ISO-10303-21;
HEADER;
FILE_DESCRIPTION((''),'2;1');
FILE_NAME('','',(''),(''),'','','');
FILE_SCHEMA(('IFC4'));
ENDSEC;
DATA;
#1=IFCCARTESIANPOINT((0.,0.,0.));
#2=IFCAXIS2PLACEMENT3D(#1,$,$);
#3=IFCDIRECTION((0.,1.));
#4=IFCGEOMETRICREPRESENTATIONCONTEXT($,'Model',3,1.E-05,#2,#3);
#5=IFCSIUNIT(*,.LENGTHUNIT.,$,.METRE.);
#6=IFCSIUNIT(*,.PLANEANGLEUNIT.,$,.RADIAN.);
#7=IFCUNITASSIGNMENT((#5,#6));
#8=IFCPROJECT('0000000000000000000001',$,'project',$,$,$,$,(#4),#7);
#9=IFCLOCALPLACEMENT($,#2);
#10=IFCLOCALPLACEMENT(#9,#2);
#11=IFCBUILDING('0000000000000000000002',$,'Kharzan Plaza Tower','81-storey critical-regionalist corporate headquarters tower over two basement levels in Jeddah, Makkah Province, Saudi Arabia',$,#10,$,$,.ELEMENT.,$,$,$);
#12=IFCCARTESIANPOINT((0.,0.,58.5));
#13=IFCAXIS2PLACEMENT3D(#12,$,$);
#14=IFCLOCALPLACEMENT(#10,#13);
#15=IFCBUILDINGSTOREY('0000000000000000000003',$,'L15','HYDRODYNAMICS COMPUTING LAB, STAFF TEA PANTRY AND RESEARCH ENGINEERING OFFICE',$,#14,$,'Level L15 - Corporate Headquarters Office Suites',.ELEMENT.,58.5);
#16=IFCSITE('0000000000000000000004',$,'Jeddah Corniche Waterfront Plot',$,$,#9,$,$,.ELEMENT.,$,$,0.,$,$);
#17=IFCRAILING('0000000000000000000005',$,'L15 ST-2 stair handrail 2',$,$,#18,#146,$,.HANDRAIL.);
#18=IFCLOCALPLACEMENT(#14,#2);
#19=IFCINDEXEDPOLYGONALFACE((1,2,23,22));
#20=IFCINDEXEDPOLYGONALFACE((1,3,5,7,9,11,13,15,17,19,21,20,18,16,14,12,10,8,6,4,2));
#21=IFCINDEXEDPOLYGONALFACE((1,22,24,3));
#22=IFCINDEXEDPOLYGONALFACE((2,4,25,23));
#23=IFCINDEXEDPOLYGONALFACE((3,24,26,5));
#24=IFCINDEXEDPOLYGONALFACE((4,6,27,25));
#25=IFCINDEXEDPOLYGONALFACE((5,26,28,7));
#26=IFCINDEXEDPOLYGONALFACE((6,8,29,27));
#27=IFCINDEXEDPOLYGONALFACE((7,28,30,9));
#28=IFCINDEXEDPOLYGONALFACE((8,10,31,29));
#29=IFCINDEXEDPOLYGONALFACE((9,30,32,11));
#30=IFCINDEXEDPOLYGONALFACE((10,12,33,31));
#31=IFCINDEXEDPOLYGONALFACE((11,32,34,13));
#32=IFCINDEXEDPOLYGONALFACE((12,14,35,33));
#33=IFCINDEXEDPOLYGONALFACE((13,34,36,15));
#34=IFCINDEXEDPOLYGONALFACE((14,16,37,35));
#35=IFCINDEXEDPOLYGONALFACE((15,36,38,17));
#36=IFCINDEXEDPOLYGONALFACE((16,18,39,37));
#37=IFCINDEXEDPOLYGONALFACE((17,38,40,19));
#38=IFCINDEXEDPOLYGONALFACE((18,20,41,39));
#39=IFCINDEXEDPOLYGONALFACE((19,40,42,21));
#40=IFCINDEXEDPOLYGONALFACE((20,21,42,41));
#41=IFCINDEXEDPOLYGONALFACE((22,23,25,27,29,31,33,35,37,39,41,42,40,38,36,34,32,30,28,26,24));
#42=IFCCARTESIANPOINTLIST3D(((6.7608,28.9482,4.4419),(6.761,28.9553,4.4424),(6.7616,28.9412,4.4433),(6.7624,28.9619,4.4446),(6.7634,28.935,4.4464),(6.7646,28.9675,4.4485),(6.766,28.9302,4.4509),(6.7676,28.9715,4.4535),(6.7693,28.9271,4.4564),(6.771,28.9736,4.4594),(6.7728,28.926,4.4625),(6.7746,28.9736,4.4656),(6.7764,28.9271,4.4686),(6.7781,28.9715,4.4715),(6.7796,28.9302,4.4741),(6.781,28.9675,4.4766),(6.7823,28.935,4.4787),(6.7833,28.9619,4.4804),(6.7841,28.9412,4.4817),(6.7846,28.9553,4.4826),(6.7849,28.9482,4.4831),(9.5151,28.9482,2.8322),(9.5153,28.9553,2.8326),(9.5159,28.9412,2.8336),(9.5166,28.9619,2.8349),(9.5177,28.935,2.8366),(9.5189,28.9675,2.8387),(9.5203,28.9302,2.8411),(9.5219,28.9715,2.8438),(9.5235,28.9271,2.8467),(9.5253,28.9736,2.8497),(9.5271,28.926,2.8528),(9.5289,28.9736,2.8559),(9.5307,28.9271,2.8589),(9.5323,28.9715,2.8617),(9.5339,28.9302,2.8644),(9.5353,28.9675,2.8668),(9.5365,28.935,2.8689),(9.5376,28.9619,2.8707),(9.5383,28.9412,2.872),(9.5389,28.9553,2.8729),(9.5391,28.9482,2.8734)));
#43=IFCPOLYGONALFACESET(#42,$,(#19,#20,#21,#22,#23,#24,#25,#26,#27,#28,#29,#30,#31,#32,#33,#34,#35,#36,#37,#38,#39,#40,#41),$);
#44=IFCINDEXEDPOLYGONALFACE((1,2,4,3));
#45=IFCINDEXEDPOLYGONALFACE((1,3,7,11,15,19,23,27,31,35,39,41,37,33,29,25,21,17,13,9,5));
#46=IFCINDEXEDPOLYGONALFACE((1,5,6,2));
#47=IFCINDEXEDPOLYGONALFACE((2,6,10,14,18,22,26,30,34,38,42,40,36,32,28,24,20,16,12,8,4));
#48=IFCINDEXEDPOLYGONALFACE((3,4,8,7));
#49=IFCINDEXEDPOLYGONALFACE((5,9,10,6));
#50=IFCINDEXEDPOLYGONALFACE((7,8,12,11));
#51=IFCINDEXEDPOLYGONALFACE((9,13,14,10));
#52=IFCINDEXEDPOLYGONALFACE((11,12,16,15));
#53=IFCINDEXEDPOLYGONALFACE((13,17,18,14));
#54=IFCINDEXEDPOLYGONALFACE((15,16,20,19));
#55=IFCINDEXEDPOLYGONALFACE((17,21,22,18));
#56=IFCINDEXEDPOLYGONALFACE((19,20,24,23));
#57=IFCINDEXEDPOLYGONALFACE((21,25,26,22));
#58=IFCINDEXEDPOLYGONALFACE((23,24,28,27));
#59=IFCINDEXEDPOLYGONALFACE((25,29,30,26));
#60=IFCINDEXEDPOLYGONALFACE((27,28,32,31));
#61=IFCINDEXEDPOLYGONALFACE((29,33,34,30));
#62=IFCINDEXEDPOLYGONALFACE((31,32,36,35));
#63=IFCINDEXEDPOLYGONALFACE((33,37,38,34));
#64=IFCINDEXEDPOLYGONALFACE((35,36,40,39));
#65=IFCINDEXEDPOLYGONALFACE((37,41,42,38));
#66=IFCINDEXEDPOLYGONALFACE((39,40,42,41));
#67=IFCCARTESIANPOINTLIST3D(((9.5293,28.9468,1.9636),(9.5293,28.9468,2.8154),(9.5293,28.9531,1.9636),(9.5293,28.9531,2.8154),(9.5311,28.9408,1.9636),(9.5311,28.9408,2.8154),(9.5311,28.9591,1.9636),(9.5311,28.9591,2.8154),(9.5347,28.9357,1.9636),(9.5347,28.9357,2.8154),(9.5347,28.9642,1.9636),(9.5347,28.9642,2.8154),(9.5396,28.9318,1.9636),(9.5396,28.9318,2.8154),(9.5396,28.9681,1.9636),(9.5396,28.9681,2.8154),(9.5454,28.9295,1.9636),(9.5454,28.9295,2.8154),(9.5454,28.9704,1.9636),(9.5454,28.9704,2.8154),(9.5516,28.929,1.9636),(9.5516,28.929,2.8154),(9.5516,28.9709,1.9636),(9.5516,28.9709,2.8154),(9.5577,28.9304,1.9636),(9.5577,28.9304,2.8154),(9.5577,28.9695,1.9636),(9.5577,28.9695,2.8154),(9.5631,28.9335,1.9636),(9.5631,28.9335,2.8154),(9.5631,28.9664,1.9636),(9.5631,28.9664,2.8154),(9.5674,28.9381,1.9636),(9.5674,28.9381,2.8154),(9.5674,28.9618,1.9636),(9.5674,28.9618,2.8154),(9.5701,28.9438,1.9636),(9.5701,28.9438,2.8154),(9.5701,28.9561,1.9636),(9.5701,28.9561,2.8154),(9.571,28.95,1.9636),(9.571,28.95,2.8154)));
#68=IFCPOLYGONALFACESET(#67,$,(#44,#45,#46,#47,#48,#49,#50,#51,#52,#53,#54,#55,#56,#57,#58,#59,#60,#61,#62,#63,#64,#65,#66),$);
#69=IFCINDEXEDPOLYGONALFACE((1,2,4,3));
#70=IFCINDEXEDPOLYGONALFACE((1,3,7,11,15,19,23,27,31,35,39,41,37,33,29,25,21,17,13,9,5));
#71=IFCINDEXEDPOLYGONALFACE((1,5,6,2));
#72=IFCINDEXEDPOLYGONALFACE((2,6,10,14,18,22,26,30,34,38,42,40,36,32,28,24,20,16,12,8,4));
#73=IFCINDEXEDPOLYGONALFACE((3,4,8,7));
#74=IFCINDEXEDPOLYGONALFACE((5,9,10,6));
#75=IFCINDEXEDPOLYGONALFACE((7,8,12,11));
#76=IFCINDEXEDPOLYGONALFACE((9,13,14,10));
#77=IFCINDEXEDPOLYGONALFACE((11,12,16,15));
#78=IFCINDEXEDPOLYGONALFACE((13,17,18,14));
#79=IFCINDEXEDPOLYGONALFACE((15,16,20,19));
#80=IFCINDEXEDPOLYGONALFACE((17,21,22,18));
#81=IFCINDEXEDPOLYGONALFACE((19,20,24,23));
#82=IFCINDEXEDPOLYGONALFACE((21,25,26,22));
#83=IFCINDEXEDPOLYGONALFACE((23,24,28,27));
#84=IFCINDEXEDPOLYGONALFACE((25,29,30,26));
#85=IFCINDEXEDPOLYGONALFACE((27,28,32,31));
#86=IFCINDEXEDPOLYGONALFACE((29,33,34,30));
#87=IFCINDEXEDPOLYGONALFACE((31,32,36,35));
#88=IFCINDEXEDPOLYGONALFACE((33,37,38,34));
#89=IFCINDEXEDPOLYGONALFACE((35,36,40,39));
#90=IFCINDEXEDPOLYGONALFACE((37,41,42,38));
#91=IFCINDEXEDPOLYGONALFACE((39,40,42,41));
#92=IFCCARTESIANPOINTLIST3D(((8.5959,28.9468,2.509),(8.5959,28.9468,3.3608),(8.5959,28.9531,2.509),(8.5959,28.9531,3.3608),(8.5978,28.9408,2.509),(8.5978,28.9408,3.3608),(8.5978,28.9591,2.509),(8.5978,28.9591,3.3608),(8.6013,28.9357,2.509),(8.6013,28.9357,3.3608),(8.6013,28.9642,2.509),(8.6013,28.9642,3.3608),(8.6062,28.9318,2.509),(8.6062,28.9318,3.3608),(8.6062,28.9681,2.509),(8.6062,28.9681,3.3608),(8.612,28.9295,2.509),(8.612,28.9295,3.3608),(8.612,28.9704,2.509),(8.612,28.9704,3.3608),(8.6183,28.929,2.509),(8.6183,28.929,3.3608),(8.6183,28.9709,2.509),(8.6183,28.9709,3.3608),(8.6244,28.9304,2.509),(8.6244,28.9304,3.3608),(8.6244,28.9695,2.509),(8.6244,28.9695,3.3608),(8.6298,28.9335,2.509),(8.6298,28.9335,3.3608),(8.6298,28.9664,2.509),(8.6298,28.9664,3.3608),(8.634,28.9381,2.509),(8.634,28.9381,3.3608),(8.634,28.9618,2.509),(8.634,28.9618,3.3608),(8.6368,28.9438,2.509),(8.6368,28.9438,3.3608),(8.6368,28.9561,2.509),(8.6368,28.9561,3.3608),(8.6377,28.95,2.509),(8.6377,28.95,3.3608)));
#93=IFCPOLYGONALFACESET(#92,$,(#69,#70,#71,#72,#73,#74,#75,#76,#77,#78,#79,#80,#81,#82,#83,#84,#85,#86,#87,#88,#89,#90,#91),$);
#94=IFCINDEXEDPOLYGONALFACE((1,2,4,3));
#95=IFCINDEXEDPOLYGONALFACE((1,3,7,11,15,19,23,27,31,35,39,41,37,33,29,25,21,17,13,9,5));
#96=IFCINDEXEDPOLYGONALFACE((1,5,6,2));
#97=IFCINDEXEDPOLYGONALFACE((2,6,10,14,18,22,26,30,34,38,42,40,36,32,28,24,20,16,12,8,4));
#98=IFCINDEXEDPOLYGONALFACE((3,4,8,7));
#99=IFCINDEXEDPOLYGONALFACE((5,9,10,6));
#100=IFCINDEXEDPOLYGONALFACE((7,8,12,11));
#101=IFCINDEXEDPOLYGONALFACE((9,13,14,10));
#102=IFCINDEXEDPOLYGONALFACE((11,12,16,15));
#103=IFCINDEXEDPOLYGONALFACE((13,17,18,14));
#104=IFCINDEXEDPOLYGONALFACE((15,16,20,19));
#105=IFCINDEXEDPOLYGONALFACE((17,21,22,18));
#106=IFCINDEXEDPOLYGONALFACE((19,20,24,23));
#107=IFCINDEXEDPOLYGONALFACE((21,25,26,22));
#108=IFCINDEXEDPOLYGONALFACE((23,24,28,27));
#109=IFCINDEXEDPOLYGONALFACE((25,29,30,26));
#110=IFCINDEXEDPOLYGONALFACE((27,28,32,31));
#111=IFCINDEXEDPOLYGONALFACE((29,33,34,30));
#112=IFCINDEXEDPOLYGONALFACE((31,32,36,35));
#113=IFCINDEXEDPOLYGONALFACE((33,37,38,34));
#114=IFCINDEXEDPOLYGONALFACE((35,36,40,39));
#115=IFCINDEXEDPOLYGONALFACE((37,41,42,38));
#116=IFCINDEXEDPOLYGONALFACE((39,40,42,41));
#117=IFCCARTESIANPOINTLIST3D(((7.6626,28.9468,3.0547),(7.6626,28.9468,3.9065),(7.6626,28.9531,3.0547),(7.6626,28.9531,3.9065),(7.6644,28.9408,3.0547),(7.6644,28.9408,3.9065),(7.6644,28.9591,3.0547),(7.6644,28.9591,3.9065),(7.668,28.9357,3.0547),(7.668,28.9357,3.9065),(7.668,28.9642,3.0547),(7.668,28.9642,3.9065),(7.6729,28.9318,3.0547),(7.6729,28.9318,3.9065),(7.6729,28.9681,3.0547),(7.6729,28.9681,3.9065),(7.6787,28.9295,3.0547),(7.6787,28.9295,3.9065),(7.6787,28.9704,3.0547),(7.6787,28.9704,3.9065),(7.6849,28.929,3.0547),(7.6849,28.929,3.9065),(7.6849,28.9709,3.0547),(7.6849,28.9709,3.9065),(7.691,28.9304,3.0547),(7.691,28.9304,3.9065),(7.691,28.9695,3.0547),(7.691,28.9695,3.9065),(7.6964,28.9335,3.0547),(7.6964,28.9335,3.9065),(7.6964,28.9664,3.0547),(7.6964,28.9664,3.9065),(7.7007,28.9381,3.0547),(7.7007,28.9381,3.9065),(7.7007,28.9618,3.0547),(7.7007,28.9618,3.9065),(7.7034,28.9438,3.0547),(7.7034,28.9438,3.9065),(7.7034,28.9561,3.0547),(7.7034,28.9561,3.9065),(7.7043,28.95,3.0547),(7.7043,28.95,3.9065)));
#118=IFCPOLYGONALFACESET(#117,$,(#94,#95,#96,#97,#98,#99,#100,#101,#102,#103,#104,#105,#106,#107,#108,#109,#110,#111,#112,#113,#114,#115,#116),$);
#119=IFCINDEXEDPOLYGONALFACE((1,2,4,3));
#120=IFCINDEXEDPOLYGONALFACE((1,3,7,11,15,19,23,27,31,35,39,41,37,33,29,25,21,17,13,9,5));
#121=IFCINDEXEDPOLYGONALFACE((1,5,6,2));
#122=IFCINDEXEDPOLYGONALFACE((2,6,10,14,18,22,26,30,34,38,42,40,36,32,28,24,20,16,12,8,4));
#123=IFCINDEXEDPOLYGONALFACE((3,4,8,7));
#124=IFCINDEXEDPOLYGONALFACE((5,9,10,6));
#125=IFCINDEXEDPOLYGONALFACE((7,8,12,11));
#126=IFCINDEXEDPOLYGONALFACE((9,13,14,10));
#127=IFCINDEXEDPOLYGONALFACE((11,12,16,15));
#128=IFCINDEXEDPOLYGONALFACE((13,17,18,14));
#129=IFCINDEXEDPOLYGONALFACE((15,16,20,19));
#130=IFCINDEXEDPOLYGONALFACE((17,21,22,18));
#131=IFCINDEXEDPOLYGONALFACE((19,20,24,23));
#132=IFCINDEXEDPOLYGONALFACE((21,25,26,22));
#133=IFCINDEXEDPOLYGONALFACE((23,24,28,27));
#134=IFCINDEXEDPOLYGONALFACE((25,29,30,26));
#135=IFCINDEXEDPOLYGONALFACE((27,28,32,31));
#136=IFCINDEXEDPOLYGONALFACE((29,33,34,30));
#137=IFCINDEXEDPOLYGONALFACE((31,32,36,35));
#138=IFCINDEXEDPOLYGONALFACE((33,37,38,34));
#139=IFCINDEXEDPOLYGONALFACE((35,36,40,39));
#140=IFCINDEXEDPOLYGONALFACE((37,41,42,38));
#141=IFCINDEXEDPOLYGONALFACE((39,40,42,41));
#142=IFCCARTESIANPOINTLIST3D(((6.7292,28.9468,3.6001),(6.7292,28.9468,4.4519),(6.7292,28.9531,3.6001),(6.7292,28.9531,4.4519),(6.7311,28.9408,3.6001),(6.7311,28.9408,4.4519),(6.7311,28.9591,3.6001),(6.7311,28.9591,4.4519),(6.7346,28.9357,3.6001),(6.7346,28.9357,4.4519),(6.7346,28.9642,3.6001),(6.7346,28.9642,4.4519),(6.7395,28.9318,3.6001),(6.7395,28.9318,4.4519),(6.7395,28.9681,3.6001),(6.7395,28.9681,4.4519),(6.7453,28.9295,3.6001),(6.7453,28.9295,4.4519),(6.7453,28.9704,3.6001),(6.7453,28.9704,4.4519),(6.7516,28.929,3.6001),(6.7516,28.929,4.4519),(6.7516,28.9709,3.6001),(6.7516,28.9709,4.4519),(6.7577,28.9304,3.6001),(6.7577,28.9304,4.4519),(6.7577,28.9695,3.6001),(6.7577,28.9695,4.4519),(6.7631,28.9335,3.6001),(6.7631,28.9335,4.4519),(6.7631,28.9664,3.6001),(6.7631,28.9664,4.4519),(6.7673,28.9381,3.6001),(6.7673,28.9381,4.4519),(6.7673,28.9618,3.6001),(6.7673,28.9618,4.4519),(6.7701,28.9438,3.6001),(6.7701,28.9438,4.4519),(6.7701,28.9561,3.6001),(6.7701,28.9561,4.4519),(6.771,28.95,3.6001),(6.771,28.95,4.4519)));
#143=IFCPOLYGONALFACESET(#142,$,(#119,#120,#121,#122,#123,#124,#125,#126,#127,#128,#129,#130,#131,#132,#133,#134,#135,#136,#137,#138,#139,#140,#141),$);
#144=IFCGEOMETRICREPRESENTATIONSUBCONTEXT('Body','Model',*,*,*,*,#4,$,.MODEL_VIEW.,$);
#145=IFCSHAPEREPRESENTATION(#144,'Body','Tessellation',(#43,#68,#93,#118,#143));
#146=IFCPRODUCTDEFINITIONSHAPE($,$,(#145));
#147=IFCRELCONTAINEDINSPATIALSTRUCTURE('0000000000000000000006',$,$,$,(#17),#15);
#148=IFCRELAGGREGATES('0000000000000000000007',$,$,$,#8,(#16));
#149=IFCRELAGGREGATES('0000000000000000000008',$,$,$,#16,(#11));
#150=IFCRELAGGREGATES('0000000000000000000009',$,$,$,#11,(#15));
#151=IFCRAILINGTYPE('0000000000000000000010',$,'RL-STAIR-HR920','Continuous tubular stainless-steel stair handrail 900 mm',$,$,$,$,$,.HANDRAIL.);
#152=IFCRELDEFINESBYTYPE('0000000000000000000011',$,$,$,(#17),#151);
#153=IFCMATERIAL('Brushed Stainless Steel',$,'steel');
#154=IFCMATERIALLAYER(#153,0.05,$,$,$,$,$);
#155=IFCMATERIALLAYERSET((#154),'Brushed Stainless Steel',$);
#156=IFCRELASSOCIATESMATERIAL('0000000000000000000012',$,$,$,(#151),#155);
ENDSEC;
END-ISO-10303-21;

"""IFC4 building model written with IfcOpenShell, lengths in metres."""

from ifc_helpers import new_model, si_unit, direction, frame, origin, origin_2d, place, context, subcontext, project, spatial, circle, extrude, source, transform, mapped, material, layer, layer_set, type_object, element, save


model = new_model("IFC4")

# Units and contexts
model_context = context("Model", 3, precision=1e-05, world=origin(), true_north=direction((0.0, 1.0)))
body_context = subcontext(model_context, "Body", "Model", "MODEL_VIEW")
ifc_project = project(units=[si_unit("LENGTHUNIT", "METRE"), si_unit("PLANEANGLEUNIT", "RADIAN")], contexts=[model_context])

# Site, building, storey
site_placement = place(None, origin())
site = spatial("IfcSite", under=ifc_project, at=site_placement, Name="Jeddah Corniche Waterfront Plot", CompositionType="ELEMENT", RefElevation=0.0)
building_placement = place(site_placement, origin())
building = spatial("IfcBuilding", under=site, at=building_placement, Name="Kharzan Plaza Tower", Description="81-storey critical-regionalist corporate headquarters tower over two basement levels in Jeddah, Makkah Province, Saudi Arabia", CompositionType="ELEMENT")
storey_placement = place(building_placement, frame((0.0, 0.0, 58.5)))
storey = spatial("IfcBuildingStorey", under=building, at=storey_placement, Name="L15", Description="HYDRODYNAMICS COMPUTING LAB, STAFF TEA PANTRY AND RESEARCH ENGINEERING OFFICE", LongName="Level L15 - Corporate Headquarters Office Suites", CompositionType="ELEMENT", Elevation=58.5)

# Shared definitions
ifc_material_1 = material(Name="Brushed Stainless Steel", Category="steel")

# Railing
ifc_layer_1 = layer(ifc_material_1, 0.05)
ifc_layer_set_1 = layer_set([ifc_layer_1], Name="Brushed Stainless Steel")
railing_type_1 = type_object("IfcRailingType", Name="RL-STAIR-HR920", Description="Continuous tubular stainless-steel stair handrail 900 mm", PredefinedType="HANDRAIL", material=ifc_layer_set_1)
shared_shape_1 = source(origin(), body_context, "Body", "SweptSolid", [
    extrude(circle(Radius=0.0239, at=origin_2d()), frame((-0.0229, 0.0, 0.8892), z_axis=(-0.863361, 0.0, 0.504587), x_axis=(0.0, -1.0, 0.0)), (0.0, 0.0, 1.0), 3.1902),
    extrude(circle(Radius=0.021, at=origin_2d()), origin(), (0.0, 0.0, 1.0), 0.8518),
    extrude(circle(Radius=0.021, at=origin_2d()), frame((-0.9333, 0.0, 0.5454)), (0.0, 0.0, 1.0), 0.8518),
    extrude(circle(Radius=0.021, at=origin_2d()), frame((-1.8667, 0.0, 1.0911)), (0.0, 0.0, 1.0), 0.8518),
    extrude(circle(Radius=0.021, at=origin_2d()), frame((-2.8, 0.0, 1.6365)), (0.0, 0.0, 1.0), 0.8518),
])
railing_1_placement = place(storey_placement, frame((9.55, 28.95, 1.9636)))
element("IfcRailing", 1, at=railing_1_placement, inside=storey, type_object=railing_type_1, Name="L15 ST-2 stair handrail 2", PredefinedType="HANDRAIL", context=body_context, shape_type="MappedRepresentation", body=[
    mapped(shared_shape_1, transform((0.0, 0.0, 0.0), x_axis=(1.0, 0.0, 0.0), y_axis=(0.0, 1.0, 0.0), z_axis=(0.0, 0.0, 1.0))),
])

save(model, "model.ifc")
